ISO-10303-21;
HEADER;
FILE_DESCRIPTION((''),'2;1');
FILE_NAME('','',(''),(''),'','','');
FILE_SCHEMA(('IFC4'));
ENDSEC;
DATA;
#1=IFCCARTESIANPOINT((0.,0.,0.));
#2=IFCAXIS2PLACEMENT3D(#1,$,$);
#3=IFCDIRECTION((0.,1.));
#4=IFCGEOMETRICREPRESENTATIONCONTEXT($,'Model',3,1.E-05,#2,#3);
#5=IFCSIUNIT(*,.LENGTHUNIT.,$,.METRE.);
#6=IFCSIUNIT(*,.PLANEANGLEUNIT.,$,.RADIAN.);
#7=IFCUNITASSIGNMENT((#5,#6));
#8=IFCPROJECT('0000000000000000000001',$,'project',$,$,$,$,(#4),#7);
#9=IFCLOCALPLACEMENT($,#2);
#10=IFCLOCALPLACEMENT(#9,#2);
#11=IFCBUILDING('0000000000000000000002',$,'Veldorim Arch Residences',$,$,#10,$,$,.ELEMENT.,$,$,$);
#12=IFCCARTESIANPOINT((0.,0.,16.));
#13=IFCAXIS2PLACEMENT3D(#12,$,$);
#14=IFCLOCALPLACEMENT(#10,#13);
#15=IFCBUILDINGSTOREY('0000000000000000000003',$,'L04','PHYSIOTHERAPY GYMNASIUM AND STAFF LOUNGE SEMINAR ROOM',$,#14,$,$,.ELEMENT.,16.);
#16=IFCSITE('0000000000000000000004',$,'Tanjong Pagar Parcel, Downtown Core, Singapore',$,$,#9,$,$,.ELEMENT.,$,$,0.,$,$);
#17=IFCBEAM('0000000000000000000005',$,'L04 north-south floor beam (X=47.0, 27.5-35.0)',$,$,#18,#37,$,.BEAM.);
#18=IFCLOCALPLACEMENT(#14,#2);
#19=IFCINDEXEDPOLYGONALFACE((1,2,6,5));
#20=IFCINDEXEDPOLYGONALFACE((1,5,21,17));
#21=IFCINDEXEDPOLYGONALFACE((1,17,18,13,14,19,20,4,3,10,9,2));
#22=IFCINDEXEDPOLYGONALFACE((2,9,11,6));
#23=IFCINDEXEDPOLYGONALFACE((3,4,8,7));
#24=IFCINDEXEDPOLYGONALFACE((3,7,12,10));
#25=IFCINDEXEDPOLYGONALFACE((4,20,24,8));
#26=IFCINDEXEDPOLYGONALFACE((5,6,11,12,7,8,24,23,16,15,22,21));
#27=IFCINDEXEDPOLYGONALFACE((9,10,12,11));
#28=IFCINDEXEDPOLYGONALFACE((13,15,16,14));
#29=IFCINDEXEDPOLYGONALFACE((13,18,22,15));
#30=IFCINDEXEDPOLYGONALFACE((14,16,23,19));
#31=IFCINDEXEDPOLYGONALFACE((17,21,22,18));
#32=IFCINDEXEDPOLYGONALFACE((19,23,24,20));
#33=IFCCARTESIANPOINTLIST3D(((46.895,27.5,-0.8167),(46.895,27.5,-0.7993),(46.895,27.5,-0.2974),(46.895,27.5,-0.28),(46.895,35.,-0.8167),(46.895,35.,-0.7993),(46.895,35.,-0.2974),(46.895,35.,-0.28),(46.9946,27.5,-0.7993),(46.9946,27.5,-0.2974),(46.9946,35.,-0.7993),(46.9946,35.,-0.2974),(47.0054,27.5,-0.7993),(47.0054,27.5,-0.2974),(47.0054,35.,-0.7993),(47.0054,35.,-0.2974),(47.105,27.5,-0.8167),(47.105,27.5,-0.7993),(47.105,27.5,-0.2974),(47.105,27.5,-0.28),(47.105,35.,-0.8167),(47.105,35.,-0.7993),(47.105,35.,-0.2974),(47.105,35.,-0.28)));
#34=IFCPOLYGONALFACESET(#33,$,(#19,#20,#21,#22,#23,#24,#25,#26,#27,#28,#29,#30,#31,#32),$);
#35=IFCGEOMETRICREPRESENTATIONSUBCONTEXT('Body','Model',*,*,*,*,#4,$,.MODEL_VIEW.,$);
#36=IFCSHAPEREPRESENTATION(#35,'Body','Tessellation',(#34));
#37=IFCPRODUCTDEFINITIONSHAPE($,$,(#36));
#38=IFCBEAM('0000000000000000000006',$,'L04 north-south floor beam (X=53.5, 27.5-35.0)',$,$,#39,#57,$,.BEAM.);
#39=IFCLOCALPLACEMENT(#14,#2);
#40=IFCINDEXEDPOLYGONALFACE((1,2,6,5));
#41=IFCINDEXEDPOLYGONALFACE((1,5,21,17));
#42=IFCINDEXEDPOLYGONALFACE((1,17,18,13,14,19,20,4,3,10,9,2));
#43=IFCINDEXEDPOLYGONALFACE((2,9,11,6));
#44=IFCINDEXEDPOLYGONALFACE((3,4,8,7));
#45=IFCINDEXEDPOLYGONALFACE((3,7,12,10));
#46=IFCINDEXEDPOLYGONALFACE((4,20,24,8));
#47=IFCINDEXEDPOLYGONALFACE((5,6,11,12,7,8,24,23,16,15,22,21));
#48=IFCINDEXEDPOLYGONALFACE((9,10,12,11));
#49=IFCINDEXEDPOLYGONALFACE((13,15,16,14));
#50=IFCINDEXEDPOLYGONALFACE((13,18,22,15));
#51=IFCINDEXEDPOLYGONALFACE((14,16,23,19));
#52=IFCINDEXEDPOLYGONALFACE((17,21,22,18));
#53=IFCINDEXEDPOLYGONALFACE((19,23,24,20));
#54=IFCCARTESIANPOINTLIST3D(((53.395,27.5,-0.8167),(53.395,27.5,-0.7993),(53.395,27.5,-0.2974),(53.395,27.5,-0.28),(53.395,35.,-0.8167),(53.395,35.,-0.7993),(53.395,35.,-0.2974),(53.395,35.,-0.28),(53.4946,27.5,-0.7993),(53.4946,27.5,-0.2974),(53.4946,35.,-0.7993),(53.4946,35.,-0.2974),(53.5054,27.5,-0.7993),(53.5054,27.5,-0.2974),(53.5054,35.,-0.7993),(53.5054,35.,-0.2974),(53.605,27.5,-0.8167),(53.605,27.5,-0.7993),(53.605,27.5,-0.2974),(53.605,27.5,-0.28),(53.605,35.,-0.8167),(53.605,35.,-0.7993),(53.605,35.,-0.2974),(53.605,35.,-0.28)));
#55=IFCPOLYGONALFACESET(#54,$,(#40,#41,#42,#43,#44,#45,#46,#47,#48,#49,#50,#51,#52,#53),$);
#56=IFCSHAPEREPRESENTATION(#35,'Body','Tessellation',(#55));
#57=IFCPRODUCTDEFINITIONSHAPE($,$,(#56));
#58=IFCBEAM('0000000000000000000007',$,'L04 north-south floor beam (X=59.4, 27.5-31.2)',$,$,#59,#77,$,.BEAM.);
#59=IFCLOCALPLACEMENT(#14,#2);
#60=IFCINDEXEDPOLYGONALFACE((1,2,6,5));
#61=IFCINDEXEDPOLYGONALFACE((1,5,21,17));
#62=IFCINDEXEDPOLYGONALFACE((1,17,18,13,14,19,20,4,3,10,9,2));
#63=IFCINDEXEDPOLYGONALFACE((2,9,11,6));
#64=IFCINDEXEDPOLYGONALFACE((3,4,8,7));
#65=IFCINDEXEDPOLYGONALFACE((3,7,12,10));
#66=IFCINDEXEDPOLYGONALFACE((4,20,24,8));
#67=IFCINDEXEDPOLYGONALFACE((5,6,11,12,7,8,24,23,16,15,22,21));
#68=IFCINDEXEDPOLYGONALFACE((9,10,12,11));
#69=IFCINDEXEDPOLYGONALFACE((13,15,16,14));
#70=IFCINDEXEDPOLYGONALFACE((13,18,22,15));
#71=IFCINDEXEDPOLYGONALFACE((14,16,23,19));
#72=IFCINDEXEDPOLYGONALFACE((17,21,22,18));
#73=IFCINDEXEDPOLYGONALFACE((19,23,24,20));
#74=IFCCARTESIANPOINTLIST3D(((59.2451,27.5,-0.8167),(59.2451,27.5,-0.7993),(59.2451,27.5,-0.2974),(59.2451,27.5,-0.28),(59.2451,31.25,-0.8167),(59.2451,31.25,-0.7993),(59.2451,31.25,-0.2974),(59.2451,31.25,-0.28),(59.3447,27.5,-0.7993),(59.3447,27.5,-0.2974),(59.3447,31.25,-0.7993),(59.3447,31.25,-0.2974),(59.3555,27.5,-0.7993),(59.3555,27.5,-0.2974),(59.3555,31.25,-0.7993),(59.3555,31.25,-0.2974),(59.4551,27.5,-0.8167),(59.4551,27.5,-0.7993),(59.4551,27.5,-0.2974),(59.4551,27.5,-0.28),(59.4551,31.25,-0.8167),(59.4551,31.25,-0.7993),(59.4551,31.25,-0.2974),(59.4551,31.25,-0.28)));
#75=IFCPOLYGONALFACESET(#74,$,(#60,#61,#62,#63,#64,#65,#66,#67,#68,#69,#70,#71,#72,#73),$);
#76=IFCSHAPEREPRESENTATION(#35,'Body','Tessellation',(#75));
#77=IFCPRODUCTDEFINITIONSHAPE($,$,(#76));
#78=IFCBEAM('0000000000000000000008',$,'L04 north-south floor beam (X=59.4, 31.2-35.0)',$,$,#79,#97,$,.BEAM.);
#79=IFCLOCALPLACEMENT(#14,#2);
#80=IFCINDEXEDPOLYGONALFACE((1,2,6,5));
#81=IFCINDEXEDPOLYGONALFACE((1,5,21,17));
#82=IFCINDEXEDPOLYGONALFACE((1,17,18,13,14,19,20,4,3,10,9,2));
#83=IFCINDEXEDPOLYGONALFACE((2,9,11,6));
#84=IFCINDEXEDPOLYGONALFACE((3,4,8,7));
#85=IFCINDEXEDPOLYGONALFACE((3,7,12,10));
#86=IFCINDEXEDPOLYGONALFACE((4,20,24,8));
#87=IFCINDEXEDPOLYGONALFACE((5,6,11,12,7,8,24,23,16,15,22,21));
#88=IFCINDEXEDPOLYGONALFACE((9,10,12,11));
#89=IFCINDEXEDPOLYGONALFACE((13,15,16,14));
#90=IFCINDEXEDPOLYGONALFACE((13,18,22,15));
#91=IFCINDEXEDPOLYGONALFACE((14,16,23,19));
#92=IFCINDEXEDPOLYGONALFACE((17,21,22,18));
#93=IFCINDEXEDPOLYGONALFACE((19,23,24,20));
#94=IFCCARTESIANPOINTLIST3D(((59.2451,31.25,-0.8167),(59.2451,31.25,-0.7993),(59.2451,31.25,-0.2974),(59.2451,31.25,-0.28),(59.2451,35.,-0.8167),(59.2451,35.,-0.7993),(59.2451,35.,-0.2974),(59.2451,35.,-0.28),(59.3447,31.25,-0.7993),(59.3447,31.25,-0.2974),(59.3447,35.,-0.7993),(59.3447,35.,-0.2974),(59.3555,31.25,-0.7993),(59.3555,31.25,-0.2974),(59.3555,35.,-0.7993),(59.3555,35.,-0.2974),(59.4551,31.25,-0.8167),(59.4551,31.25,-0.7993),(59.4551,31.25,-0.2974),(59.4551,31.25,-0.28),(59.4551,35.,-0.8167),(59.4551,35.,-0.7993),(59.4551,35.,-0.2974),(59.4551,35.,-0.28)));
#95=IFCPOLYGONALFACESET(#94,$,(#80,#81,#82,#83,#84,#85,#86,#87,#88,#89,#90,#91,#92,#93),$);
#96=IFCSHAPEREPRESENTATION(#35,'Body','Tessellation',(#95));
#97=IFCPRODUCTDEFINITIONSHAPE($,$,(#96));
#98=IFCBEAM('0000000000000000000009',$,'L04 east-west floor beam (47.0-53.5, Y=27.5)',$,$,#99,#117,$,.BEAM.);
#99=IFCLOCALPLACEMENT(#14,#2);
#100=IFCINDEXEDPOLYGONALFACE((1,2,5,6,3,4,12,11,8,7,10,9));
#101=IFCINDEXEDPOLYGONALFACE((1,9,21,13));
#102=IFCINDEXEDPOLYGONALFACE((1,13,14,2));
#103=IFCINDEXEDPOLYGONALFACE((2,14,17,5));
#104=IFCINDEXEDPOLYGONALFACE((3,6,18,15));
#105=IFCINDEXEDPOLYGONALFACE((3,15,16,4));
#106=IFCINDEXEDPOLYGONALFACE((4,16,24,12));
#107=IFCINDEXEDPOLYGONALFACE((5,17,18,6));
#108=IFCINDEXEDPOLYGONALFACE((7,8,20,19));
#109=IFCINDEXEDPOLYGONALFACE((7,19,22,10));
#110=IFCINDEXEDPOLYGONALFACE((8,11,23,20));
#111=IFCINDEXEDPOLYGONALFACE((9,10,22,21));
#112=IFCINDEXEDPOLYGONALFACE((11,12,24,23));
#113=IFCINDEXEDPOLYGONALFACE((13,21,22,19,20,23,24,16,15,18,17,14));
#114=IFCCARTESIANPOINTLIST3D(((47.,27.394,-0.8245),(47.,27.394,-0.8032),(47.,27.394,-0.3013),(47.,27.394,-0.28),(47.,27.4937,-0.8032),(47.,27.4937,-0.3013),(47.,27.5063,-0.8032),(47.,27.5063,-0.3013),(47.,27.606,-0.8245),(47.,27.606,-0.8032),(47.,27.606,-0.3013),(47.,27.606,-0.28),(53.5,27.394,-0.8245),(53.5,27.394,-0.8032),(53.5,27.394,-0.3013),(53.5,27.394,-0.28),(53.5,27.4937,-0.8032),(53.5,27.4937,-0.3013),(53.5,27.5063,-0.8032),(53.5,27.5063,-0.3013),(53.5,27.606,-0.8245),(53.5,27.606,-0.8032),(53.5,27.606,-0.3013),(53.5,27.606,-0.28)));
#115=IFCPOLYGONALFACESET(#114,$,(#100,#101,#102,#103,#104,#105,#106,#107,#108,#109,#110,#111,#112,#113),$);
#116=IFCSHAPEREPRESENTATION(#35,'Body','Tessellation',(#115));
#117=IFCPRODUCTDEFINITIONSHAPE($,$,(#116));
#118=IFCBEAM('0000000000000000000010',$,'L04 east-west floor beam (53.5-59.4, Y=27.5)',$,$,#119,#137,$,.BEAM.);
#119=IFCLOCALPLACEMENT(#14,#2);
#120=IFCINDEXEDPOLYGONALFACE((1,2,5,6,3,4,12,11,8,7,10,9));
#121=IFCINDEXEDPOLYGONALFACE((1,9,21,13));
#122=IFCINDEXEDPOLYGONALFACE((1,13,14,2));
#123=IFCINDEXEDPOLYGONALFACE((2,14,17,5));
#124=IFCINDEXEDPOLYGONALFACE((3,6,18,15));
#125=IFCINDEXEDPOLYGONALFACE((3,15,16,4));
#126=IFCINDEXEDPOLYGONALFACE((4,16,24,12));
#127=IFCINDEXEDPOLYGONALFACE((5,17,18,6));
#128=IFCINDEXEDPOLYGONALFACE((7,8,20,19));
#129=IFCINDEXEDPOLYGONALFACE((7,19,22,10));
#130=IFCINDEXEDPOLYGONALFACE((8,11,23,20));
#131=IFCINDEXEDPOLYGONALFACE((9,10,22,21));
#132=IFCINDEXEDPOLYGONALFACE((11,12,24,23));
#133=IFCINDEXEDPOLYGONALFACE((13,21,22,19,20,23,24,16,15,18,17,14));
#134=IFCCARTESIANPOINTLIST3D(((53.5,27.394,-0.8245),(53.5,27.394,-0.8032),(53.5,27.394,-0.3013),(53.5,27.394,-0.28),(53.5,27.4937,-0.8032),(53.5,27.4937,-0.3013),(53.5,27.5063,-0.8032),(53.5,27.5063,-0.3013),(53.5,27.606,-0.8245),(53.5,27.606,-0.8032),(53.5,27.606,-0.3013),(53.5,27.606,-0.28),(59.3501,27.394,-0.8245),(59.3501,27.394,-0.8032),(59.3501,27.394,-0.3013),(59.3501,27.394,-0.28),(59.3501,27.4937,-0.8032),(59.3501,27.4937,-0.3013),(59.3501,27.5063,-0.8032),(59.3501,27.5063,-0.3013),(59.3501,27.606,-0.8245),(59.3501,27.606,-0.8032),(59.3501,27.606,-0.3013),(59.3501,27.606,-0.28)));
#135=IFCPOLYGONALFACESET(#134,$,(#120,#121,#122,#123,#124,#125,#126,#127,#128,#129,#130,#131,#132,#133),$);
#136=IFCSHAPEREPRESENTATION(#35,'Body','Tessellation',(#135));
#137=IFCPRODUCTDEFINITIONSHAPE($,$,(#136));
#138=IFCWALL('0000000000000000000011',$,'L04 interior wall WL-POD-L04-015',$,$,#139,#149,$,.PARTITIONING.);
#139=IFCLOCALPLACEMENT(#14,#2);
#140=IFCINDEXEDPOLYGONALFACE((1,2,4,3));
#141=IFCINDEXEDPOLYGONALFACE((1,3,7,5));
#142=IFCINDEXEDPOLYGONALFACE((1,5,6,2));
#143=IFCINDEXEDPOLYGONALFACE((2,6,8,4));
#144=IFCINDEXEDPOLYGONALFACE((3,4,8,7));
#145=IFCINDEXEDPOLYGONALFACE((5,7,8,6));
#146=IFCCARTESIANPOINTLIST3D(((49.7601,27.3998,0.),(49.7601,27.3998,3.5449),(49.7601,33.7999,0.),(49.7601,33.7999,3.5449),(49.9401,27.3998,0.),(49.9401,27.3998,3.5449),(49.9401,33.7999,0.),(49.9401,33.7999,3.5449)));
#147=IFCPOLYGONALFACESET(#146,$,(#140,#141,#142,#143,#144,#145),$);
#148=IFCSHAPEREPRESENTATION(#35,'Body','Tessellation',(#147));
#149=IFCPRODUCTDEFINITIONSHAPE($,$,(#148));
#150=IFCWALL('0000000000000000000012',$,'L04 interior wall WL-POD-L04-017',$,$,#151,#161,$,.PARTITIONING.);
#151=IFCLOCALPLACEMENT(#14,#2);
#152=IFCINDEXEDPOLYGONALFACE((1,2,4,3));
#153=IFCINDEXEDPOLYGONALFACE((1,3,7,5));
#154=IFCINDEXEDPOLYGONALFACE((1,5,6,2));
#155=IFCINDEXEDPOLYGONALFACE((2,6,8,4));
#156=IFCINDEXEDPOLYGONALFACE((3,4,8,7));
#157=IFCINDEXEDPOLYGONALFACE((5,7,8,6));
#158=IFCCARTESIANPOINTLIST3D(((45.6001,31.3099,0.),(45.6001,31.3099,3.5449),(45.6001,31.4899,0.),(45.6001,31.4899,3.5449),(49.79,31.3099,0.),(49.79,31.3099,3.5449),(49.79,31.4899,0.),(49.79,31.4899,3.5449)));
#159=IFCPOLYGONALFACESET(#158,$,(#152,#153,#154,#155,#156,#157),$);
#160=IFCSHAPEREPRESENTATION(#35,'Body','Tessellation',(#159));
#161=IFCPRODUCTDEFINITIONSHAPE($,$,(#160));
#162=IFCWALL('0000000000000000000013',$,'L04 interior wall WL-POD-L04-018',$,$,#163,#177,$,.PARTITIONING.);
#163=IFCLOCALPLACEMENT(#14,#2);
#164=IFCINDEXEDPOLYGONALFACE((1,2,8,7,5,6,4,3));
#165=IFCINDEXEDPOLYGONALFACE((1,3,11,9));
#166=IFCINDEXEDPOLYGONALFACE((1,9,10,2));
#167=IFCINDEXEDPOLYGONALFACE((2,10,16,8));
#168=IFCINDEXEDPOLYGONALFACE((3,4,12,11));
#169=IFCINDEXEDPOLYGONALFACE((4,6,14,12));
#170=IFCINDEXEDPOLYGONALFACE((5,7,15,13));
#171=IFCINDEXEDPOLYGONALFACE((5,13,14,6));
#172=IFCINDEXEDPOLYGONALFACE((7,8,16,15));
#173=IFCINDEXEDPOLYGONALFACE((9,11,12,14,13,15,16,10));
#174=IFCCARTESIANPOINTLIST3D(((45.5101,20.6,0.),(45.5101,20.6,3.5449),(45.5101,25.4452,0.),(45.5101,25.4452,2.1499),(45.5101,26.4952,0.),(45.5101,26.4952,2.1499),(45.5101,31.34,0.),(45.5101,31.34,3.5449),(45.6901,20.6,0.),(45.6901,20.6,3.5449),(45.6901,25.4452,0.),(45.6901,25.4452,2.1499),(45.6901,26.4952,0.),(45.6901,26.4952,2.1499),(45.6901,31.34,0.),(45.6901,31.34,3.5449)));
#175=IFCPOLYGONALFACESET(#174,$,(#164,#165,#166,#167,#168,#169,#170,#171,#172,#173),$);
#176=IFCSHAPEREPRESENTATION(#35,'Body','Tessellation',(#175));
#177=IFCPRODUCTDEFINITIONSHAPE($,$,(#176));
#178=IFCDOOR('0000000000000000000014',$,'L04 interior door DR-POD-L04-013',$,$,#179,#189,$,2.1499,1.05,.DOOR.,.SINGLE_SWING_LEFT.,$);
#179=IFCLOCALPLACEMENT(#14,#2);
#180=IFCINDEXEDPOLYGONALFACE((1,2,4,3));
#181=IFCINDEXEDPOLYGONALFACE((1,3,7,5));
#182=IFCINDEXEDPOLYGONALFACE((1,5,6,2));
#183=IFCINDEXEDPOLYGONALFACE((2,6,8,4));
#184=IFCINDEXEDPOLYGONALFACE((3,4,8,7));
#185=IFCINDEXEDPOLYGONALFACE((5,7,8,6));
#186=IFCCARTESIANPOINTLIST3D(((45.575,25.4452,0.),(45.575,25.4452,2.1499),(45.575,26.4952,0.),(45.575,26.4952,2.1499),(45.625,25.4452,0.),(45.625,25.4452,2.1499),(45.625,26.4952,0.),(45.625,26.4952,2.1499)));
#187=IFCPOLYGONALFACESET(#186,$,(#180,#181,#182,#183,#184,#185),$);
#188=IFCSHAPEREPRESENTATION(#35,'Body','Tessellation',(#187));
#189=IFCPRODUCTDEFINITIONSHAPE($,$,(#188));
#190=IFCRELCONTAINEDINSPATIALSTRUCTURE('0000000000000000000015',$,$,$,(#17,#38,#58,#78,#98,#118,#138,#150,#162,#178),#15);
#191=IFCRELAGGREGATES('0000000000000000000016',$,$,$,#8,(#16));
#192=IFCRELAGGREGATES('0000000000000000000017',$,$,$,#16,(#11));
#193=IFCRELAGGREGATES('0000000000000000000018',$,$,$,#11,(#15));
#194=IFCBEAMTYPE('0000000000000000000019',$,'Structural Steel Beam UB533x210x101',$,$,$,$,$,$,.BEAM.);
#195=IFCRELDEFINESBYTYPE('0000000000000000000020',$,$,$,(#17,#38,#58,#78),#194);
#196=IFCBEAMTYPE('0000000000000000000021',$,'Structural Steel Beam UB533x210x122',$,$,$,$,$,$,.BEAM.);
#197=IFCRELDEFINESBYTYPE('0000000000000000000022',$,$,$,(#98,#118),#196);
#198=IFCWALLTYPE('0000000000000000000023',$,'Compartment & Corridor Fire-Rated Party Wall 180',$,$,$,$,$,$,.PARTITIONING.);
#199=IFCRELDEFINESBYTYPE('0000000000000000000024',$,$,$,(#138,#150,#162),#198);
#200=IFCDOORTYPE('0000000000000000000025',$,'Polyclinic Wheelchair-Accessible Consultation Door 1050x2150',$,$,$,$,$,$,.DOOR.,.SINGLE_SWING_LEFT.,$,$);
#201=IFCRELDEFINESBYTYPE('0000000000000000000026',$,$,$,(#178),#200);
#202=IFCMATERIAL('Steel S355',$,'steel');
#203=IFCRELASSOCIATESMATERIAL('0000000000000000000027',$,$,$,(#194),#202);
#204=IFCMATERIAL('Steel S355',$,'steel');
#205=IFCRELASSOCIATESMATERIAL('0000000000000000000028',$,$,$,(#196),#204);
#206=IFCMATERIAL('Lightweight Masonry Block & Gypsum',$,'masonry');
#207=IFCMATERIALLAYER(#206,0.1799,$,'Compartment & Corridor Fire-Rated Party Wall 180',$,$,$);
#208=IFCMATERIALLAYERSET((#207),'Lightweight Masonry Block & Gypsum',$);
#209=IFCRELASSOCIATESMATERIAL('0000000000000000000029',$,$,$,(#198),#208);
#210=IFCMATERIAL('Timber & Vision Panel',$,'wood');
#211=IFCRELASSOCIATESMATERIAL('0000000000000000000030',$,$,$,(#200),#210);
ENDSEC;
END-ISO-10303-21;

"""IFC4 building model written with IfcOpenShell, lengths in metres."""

from ifc_helpers import new_model, si_unit, direction, frame, frame_2d, origin, origin_2d, place, context, subcontext, project, spatial, rectangle, i_section, extrude, material, layer, layer_set, material_profile, profile_set, type_object, element, fill, save


model = new_model("IFC4")

# Units and contexts
model_context = context("Model", 3, precision=1e-05, world=origin(), true_north=direction((0.0, 1.0)))
body_context = subcontext(model_context, "Body", "Model", "MODEL_VIEW")
ifc_project = project(units=[si_unit("LENGTHUNIT", "METRE"), si_unit("PLANEANGLEUNIT", "RADIAN")], contexts=[model_context])

# Site, building, storey
site_placement = place(None, origin())
site = spatial("IfcSite", under=ifc_project, at=site_placement, Name="Tanjong Pagar Parcel, Downtown Core, Singapore", CompositionType="ELEMENT", RefElevation=0.0)
building_placement = place(site_placement, origin())
building = spatial("IfcBuilding", under=site, at=building_placement, Name="Veldorim Arch Residences", CompositionType="ELEMENT")
storey_placement = place(building_placement, frame((0.0, 0.0, 16.0)))
storey = spatial("IfcBuildingStorey", under=building, at=storey_placement, Name="L04", Description="PHYSIOTHERAPY GYMNASIUM AND STAFF LOUNGE SEMINAR ROOM", CompositionType="ELEMENT", Elevation=16.0)

# Beams
ifc_material_1 = material(Name="Steel S355", Category="steel")
ifc_material_profile_1 = material_profile(ifc_material_1, i_section(OverallWidth=0.21, OverallDepth=0.5366, WebThickness=0.0107, FlangeThickness=0.0173, at=origin_2d()), Name="UB533x210x101")
ifc_profile_set_1 = profile_set([ifc_material_profile_1], Name="Steel S355")
beam_type_1 = type_object("IfcBeamType", Name="Structural Steel Beam UB533x210x101", PredefinedType="BEAM", material=ifc_profile_set_1)
for number, where, z_axis, x_axis, name in (
    (1, (47.0, 27.5, -0.5483), (0.0, 1.0, 0.0), (-1.0, 0.0, 0.0), "L04 north-south floor beam (X=47.0, 27.5-35.0)"),
    (2, (53.5, 27.5, -0.5483), (0.0, 1.0, 0.0), (-1.0, 0.0, 0.0), "L04 north-south floor beam (X=53.5, 27.5-35.0)"),
):
    element("IfcBeam", number, at=place(storey_placement, frame(where, z_axis=z_axis, x_axis=x_axis)), inside=storey, type_object=beam_type_1, Name=name, PredefinedType="BEAM", context=body_context, shape_type="SweptSolid", body=[
        extrude(i_section(OverallWidth=0.21, OverallDepth=0.5366, WebThickness=0.0107, FlangeThickness=0.0173, at=origin_2d()), origin(), (0.0, 0.0, 1.0), 7.5),
    ])
for number, where, z_axis, x_axis, name in (
    (3, (59.3501, 27.5, -0.5483), (0.0, 1.0, 0.0), (-1.0, 0.0, 0.0), "L04 north-south floor beam (X=59.4, 27.5-31.2)"),
    (4, (59.3501, 31.25, -0.5483), (0.0, 1.0, 0.0), (-1.0, 0.0, 0.0), "L04 north-south floor beam (X=59.4, 31.2-35.0)"),
):
    element("IfcBeam", number, at=place(storey_placement, frame(where, z_axis=z_axis, x_axis=x_axis)), inside=storey, type_object=beam_type_1, Name=name, PredefinedType="BEAM", context=body_context, shape_type="SweptSolid", body=[
        extrude(i_section(OverallWidth=0.21, OverallDepth=0.5366, WebThickness=0.0107, FlangeThickness=0.0173, at=origin_2d()), origin(), (0.0, 0.0, 1.0), 3.75),
    ])
ifc_material_2 = material(Name="Steel S355", Category="steel")
ifc_material_profile_2 = material_profile(ifc_material_2, i_section(OverallWidth=0.2119, OverallDepth=0.5444, WebThickness=0.0127, FlangeThickness=0.0212, at=origin_2d()), Name="UB533x210x122")
ifc_profile_set_2 = profile_set([ifc_material_profile_2], Name="Steel S355")
beam_type_2 = type_object("IfcBeamType", Name="Structural Steel Beam UB533x210x122", PredefinedType="BEAM", material=ifc_profile_set_2)
beam_1_placement = place(storey_placement, frame((47.0, 27.5, -0.5522), z_axis=(1.0, 0.0, 0.0), x_axis=(0.0, 1.0, 0.0)))
element("IfcBeam", 5, at=beam_1_placement, inside=storey, type_object=beam_type_2, Name="L04 east-west floor beam (47.0-53.5, Y=27.5)", PredefinedType="BEAM", context=body_context, shape_type="SweptSolid", body=[
    extrude(i_section(OverallWidth=0.2119, OverallDepth=0.5444, WebThickness=0.0127, FlangeThickness=0.0212, at=origin_2d()), origin(), (0.0, 0.0, 1.0), 6.5),
])
beam_2_placement = place(storey_placement, frame((53.5, 27.5, -0.5522), z_axis=(1.0, 0.0, 0.0), x_axis=(0.0, 1.0, 0.0)))
element("IfcBeam", 6, at=beam_2_placement, inside=storey, type_object=beam_type_2, Name="L04 east-west floor beam (53.5-59.4, Y=27.5)", PredefinedType="BEAM", context=body_context, shape_type="SweptSolid", body=[
    extrude(i_section(OverallWidth=0.2119, OverallDepth=0.5444, WebThickness=0.0127, FlangeThickness=0.0212, at=origin_2d()), origin(), (0.0, 0.0, 1.0), 5.8501),
])

# Walls
ifc_material_3 = material(Name="Lightweight Masonry Block & Gypsum", Category="masonry")
ifc_layer_1 = layer(ifc_material_3, 0.1799, Name="Compartment & Corridor Fire-Rated Party Wall 180")
ifc_layer_set_1 = layer_set([ifc_layer_1], Name="Lightweight Masonry Block & Gypsum")
wall_type_1 = type_object("IfcWallType", Name="Compartment & Corridor Fire-Rated Party Wall 180", PredefinedType="PARTITIONING", material=ifc_layer_set_1)
wall_1_placement = place(storey_placement, frame((49.8501, 33.8, 0.0), z_axis=(0.0, 0.0, 1.0), x_axis=(0.0, -1.0, 0.0)))
element("IfcWall", 7, at=wall_1_placement, inside=storey, type_object=wall_type_1, Name="L04 interior wall WL-POD-L04-015", PredefinedType="PARTITIONING", context=body_context, shape_type="SweptSolid", body=[
    extrude(rectangle(XDim=6.4001, YDim=0.1799, at=frame_2d((3.2002, 0.0))), origin(), (0.0, 0.0, 1.0), 3.5449),
])
wall_2_placement = place(storey_placement, frame((49.79, 31.3999, 0.0), z_axis=(0.0, 0.0, 1.0), x_axis=(-1.0, 0.0, 0.0)))
element("IfcWall", 8, at=wall_2_placement, inside=storey, type_object=wall_type_1, Name="L04 interior wall WL-POD-L04-017", PredefinedType="PARTITIONING", context=body_context, shape_type="SweptSolid", body=[
    extrude(rectangle(XDim=4.1899, YDim=0.1799, at=frame_2d((2.095, 0.0))), origin(), (0.0, 0.0, 1.0), 3.5449),
])

# Wall, opening, door
wall_3_placement = place(storey_placement, frame((45.6001, 31.3401, 0.0), z_axis=(0.0, 0.0, 1.0), x_axis=(0.0, -1.0, 0.0)))
wall_3 = element("IfcWall", 9, at=wall_3_placement, inside=storey, type_object=wall_type_1, Name="L04 interior wall WL-POD-L04-018", PredefinedType="PARTITIONING", context=body_context, shape_type="SweptSolid", body=[
    extrude(rectangle(XDim=10.74, YDim=0.1799, at=frame_2d((5.3701, 0.0))), origin(), (0.0, 0.0, 1.0), 3.5449),
])
opening_placement = place(wall_3_placement, frame((4.845, 0.0, 0.0)))
opening = element("IfcOpeningElement", 10, at=opening_placement, cuts=wall_3, PredefinedType="OPENING", context=body_context, shape_type="SweptSolid", body=[
    extrude(rectangle(XDim=1.05, YDim=2.1499, at=frame_2d((0.5249, 1.075))), frame((0.0, 0.0999, 0.0), z_axis=(0.0, -1.0, 0.0), x_axis=(1.0, 0.0, 0.0)), (0.0, 0.0, 1.0), 0.2),
])
ifc_material_4 = material(Name="Timber & Vision Panel", Category="wood")
door_type = type_object("IfcDoorType", Name="Polyclinic Wheelchair-Accessible Consultation Door 1050x2150", OperationType="SINGLE_SWING_LEFT", PredefinedType="DOOR", material=ifc_material_4)
door_placement = place(opening_placement, origin())
door = element("IfcDoor", 11, at=door_placement, inside=storey, type_object=door_type, Name="L04 interior door DR-POD-L04-013", OperationType="SINGLE_SWING_LEFT", OverallHeight=2.1499, OverallWidth=1.05, PredefinedType="DOOR", context=body_context, shape_type="SweptSolid", body=[
    extrude(rectangle(XDim=1.05, YDim=2.1499, at=frame_2d((0.5249, 1.075))), frame((0.0, 0.0249, 0.0), z_axis=(0.0, -1.0, 0.0), x_axis=(1.0, 0.0, 0.0)), (0.0, 0.0, 1.0), 0.05),
])
fill(opening, door)

save(model, "model.ifc")
